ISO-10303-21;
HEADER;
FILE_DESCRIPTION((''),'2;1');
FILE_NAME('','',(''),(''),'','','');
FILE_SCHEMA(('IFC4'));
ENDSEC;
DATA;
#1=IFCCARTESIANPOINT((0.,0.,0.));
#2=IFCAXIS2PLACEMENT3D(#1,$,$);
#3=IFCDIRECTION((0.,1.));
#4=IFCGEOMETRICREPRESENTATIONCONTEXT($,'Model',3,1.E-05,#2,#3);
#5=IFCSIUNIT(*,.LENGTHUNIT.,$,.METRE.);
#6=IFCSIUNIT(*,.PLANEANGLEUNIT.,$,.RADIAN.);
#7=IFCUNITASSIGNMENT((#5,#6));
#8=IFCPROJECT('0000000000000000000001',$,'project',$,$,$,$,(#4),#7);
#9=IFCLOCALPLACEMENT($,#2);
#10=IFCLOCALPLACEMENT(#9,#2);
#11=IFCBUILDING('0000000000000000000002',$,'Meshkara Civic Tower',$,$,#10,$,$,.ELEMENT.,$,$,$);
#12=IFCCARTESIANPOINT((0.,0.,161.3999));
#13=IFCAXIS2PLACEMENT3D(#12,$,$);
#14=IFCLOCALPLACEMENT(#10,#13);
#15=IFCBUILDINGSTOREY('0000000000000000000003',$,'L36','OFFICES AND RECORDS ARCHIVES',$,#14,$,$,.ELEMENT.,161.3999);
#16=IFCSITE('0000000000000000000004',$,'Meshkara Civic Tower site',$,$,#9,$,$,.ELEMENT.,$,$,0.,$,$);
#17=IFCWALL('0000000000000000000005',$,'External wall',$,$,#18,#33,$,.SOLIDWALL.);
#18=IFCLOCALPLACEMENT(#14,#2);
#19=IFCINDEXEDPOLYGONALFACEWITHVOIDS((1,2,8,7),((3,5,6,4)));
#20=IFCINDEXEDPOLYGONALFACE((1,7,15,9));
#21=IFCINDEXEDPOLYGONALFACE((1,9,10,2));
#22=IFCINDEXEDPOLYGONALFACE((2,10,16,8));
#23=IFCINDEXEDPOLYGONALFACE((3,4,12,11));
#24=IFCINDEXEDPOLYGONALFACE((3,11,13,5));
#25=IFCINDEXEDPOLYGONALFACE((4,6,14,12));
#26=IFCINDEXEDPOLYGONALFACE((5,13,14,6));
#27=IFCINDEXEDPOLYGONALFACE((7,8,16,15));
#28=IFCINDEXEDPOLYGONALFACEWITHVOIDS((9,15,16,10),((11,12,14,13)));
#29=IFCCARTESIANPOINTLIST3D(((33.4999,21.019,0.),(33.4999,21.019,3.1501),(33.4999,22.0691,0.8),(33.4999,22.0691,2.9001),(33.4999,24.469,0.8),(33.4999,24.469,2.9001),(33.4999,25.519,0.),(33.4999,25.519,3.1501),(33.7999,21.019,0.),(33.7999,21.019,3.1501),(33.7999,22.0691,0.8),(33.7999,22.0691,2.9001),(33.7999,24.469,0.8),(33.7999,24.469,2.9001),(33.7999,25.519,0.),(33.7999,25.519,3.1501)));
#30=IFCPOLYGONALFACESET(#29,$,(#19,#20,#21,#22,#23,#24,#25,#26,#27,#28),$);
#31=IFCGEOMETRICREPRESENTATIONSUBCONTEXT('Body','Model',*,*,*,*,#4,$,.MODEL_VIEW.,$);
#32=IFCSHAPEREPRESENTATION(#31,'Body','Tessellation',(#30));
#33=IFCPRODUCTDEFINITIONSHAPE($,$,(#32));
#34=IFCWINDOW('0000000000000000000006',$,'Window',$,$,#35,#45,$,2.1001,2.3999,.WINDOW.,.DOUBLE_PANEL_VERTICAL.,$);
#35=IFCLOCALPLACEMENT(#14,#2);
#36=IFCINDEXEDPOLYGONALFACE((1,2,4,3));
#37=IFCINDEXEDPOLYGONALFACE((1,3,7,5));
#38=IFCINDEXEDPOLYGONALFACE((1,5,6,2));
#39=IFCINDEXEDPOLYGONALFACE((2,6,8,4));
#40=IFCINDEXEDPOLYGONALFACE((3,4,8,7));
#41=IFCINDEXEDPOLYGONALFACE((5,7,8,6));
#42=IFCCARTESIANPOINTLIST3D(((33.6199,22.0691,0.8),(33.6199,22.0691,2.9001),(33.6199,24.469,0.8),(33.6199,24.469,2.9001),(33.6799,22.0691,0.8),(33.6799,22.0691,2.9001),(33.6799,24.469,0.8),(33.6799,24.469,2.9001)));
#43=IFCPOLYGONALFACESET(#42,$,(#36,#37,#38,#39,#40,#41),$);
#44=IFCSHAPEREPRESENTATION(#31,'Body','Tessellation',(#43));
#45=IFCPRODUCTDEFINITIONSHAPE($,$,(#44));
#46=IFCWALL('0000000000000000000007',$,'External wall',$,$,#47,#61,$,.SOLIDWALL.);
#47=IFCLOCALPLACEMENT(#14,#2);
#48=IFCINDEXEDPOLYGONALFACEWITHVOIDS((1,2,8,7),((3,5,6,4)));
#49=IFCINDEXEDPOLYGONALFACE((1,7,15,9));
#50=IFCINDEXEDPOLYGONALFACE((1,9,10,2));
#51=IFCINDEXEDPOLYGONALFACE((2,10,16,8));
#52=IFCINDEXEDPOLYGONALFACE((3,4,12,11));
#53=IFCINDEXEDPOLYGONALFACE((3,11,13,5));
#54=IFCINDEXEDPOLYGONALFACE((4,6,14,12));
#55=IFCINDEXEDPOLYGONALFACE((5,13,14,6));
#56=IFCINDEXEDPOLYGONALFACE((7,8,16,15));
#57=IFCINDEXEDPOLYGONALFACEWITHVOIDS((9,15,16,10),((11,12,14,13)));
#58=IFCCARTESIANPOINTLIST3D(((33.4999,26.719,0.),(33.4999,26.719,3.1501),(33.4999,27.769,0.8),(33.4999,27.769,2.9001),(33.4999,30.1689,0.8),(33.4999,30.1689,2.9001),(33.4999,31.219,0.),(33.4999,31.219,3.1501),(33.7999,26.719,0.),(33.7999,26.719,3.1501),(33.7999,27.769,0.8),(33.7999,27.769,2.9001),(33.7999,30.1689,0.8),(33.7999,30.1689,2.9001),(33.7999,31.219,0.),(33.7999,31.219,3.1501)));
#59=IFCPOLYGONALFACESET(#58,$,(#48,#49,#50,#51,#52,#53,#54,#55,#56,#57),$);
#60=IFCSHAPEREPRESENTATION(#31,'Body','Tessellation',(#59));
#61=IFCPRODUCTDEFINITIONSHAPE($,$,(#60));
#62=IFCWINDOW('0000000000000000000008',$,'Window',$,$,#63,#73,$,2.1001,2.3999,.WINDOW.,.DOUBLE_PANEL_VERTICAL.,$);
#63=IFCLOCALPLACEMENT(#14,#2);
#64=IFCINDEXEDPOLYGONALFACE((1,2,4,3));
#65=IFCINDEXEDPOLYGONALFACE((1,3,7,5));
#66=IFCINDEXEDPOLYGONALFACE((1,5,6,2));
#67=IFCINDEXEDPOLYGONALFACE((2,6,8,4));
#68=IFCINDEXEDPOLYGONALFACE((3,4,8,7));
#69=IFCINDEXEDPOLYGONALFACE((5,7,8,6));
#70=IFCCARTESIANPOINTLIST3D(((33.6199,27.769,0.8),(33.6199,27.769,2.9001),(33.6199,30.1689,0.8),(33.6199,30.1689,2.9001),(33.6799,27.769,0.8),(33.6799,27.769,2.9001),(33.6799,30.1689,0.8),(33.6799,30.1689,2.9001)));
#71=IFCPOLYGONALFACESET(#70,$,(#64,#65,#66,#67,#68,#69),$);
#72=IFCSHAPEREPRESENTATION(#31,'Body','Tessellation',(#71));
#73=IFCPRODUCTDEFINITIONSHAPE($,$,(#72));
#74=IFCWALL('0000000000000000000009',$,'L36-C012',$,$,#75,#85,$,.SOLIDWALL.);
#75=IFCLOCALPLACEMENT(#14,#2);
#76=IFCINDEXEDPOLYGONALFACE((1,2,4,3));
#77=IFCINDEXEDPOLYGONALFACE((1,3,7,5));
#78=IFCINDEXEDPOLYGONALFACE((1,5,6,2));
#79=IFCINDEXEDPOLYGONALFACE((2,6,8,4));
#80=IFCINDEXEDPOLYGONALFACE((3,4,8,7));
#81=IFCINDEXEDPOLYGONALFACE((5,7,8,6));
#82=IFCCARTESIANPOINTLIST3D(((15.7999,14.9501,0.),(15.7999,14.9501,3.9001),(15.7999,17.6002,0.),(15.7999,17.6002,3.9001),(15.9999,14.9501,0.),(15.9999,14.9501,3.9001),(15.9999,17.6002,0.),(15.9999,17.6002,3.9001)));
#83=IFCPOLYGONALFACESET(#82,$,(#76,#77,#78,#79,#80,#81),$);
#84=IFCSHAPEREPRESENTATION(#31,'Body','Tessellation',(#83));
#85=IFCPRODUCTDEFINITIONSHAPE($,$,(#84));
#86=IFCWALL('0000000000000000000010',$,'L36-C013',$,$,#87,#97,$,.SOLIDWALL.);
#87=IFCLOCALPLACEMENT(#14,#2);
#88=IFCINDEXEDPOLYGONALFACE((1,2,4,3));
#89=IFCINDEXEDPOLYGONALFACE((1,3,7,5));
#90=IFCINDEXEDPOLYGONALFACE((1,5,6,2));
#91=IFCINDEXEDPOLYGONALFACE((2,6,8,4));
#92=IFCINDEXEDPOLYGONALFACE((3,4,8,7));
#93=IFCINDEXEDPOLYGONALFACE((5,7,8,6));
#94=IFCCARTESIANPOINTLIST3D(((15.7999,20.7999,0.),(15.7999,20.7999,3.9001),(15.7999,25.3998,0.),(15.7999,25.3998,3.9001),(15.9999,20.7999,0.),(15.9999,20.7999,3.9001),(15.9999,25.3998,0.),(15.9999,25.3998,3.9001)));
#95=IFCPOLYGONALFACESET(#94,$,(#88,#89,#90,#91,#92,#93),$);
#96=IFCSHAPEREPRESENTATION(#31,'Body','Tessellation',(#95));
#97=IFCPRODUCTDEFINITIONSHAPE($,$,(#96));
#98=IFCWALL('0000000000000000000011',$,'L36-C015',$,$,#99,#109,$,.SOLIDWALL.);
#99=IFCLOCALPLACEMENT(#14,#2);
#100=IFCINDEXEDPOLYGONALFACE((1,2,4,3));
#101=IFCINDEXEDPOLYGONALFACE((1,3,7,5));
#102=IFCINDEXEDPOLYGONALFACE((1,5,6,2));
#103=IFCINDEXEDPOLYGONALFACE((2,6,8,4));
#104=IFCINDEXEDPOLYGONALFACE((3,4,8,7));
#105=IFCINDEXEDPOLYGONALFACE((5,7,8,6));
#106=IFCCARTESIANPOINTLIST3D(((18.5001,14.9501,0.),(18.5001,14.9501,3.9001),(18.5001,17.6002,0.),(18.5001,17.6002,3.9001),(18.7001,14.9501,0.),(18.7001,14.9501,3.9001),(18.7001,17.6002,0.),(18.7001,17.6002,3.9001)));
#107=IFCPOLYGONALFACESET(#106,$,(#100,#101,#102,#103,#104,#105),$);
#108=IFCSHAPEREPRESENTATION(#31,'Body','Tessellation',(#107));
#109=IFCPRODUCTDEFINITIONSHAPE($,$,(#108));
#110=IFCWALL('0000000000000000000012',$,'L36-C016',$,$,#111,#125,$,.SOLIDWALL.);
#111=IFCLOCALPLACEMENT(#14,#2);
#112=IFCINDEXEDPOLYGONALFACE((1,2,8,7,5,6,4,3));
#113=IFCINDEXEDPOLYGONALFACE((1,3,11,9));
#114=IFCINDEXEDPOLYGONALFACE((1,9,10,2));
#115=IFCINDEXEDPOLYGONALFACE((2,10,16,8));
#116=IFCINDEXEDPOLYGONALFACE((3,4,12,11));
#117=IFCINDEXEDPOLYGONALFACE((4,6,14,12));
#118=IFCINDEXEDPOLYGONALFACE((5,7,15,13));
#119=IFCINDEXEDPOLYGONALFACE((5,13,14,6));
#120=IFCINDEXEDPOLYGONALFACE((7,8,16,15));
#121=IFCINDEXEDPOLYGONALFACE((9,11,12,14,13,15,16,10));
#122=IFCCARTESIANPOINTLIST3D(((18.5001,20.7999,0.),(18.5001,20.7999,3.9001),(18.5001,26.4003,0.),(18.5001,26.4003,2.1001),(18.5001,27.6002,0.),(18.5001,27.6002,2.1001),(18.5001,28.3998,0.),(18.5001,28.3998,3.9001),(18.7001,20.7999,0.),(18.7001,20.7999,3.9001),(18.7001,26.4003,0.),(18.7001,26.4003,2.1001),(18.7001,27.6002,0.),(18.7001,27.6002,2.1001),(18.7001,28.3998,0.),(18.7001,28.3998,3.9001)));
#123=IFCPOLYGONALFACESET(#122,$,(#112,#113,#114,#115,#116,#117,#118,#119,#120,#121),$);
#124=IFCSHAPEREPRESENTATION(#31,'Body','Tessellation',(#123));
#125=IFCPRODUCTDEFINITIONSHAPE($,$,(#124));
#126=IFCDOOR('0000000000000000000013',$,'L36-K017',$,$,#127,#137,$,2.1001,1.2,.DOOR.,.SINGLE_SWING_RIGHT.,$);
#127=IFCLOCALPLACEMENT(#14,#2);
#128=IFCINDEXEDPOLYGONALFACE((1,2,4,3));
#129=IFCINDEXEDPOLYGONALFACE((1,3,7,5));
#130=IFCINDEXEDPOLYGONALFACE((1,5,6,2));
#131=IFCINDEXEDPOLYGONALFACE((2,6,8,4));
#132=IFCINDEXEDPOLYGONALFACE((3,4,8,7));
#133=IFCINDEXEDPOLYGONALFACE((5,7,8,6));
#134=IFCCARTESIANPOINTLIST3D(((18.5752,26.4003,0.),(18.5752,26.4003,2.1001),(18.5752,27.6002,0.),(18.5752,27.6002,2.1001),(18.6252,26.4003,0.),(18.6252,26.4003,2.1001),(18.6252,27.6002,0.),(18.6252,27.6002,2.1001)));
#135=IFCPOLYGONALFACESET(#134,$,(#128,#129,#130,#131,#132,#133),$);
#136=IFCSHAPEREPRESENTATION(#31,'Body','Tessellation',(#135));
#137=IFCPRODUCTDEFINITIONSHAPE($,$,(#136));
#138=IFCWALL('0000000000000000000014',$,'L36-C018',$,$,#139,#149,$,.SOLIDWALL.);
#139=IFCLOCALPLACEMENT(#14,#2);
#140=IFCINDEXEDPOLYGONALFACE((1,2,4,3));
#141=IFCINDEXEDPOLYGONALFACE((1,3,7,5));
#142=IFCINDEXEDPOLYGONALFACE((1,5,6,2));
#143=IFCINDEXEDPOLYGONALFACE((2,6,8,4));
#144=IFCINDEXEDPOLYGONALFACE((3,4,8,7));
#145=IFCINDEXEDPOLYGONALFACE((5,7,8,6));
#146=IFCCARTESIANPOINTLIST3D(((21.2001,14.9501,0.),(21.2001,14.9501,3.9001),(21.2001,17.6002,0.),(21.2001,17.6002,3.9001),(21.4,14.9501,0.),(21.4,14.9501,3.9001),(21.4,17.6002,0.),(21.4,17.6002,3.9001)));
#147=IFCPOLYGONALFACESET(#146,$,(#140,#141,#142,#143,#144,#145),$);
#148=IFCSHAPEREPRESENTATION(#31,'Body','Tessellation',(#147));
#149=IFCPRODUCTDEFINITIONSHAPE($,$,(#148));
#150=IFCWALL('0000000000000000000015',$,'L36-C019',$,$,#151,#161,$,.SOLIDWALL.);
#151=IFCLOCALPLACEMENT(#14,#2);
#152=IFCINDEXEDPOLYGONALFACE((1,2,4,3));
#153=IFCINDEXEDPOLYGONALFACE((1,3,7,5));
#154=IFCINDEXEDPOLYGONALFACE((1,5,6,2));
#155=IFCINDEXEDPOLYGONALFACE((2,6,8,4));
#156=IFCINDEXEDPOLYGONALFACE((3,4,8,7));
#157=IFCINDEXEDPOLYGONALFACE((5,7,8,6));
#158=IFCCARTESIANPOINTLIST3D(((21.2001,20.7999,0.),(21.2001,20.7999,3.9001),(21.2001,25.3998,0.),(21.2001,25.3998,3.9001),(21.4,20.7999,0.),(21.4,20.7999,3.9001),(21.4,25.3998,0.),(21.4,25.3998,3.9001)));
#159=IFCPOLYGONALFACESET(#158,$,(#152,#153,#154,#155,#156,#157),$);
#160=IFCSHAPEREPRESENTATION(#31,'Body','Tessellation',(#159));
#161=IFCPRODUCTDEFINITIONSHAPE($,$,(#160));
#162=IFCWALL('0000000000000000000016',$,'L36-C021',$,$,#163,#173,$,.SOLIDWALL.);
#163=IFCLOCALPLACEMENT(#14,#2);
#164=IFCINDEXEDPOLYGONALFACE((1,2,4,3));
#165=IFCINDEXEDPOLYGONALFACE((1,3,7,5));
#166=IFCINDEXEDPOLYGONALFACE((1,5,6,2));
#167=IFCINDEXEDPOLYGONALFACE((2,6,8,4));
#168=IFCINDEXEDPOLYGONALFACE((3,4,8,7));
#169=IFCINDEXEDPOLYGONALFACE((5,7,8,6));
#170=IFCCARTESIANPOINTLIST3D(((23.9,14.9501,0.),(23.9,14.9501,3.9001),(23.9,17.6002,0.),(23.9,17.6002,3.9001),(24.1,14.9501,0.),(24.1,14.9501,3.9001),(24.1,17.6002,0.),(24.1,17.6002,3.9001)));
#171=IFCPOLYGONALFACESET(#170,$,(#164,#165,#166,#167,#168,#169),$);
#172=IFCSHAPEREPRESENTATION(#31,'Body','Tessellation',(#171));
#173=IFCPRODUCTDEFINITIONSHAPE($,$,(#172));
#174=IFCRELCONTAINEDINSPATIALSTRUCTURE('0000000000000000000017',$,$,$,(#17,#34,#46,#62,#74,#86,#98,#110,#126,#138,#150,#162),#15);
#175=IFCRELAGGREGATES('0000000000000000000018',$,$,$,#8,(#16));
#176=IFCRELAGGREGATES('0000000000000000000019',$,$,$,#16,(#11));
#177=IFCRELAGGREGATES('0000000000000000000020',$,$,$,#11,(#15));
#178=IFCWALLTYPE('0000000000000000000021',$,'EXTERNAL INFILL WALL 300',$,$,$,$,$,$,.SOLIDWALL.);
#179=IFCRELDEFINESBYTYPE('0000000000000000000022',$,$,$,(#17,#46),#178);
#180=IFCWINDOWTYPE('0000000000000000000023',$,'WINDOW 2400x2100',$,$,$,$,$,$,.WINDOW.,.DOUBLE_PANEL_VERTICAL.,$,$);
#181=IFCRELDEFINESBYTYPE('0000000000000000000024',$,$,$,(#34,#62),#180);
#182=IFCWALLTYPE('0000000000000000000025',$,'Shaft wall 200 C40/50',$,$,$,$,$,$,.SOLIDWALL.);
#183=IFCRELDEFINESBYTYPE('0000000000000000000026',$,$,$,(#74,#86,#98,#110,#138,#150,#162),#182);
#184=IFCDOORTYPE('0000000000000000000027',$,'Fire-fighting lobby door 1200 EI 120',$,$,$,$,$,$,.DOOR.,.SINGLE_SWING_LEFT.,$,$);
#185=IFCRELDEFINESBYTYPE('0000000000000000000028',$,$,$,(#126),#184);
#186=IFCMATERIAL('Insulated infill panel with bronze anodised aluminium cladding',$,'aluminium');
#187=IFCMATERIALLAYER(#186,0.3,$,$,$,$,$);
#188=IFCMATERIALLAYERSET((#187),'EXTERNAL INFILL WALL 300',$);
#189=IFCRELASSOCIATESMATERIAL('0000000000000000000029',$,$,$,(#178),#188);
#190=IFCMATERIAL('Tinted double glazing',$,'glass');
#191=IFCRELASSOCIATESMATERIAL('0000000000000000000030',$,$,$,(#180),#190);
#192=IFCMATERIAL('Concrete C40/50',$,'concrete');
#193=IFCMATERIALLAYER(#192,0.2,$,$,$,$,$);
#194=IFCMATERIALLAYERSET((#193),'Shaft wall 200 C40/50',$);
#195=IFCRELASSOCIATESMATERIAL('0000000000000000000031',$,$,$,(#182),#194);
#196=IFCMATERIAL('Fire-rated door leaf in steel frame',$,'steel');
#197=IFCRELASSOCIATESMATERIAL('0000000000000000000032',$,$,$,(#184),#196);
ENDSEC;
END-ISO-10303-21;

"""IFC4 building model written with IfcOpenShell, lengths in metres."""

from ifc_helpers import new_model, si_unit, direction, frame, frame_2d, origin, place, context, subcontext, project, spatial, rectangle, extrude, material, layer, layer_set, type_object, element, fill, save


model = new_model("IFC4")

# Units and contexts
model_context = context("Model", 3, precision=1e-05, world=origin(), true_north=direction((0.0, 1.0)))
body_context = subcontext(model_context, "Body", "Model", "MODEL_VIEW")
ifc_project = project(units=[si_unit("LENGTHUNIT", "METRE"), si_unit("PLANEANGLEUNIT", "RADIAN")], contexts=[model_context])

# Site, building, storey
site_placement = place(None, origin())
site = spatial("IfcSite", under=ifc_project, at=site_placement, Name="Meshkara Civic Tower site", CompositionType="ELEMENT", RefElevation=0.0)
building_placement = place(site_placement, origin())
building = spatial("IfcBuilding", under=site, at=building_placement, Name="Meshkara Civic Tower", CompositionType="ELEMENT")
storey_placement = place(building_placement, frame((0.0, 0.0, 161.3999)))
storey = spatial("IfcBuildingStorey", under=building, at=storey_placement, Name="L36", Description="OFFICES AND RECORDS ARCHIVES", CompositionType="ELEMENT", Elevation=161.3999)

# Walls, openings, windows
ifc_material_1 = material(Name="Insulated infill panel with bronze anodised aluminium cladding", Category="aluminium")
ifc_layer_1 = layer(ifc_material_1, 0.3)
ifc_layer_set_1 = layer_set([ifc_layer_1], Name="EXTERNAL INFILL WALL 300")
wall_type_1 = type_object("IfcWallType", Name="EXTERNAL INFILL WALL 300", PredefinedType="SOLIDWALL", material=ifc_layer_set_1)
ifc_material_2 = material(Name="Tinted double glazing", Category="glass")
window_type = type_object("IfcWindowType", Name="WINDOW 2400x2100", PartitioningType="DOUBLE_PANEL_VERTICAL", PredefinedType="WINDOW", material=ifc_material_2)
wall_1_placement = place(storey_placement, frame((33.6499, 21.019, 0.0), z_axis=(0.0, 0.0, 1.0), x_axis=(0.0, 1.0, 0.0)))
wall_1 = element("IfcWall", 1, at=wall_1_placement, inside=storey, type_object=wall_type_1, Name="External wall", PredefinedType="SOLIDWALL", context=body_context, shape_type="SweptSolid", body=[
    extrude(rectangle(XDim=4.5, YDim=0.3, at=frame_2d((2.25, 0.0))), origin(), (0.0, 0.0, 1.0), 3.1501),
])
opening_1_placement = place(wall_1_placement, frame((1.05, 0.0, 0.8)))
opening_1 = element("IfcOpeningElement", 2, at=opening_1_placement, cuts=wall_1, PredefinedType="OPENING", context=body_context, shape_type="SweptSolid", body=[
    extrude(rectangle(XDim=2.3999, YDim=2.1001, at=frame_2d((1.2, 1.05))), frame((0.0, 0.1599, 0.0), z_axis=(0.0, -1.0, 0.0), x_axis=(1.0, 0.0, 0.0)), (0.0, 0.0, 1.0), 0.3201),
])
window_1_placement = place(opening_1_placement, origin())
window_1 = element("IfcWindow", 3, at=window_1_placement, inside=storey, type_object=window_type, Name="Window", OverallHeight=2.1001, OverallWidth=2.3999, PartitioningType="DOUBLE_PANEL_VERTICAL", PredefinedType="WINDOW", context=body_context, shape_type="SweptSolid", body=[
    extrude(rectangle(XDim=2.3999, YDim=2.1001, at=frame_2d((1.2, 1.05))), frame((0.0, 0.03, 0.0), z_axis=(0.0, -1.0, 0.0), x_axis=(1.0, 0.0, 0.0)), (0.0, 0.0, 1.0), 0.0601),
])
fill(opening_1, window_1)
wall_2_placement = place(storey_placement, frame((33.6499, 26.719, 0.0), z_axis=(0.0, 0.0, 1.0), x_axis=(0.0, 1.0, 0.0)))
wall_2 = element("IfcWall", 4, at=wall_2_placement, inside=storey, type_object=wall_type_1, Name="External wall", PredefinedType="SOLIDWALL", context=body_context, shape_type="SweptSolid", body=[
    extrude(rectangle(XDim=4.5, YDim=0.3, at=frame_2d((2.25, 0.0))), origin(), (0.0, 0.0, 1.0), 3.1501),
])
opening_2_placement = place(wall_2_placement, frame((1.05, 0.0, 0.8)))
opening_2 = element("IfcOpeningElement", 5, at=opening_2_placement, cuts=wall_2, PredefinedType="OPENING", context=body_context, shape_type="SweptSolid", body=[
    extrude(rectangle(XDim=2.3999, YDim=2.1001, at=frame_2d((1.2, 1.05))), frame((0.0, 0.1599, 0.0), z_axis=(0.0, -1.0, 0.0), x_axis=(1.0, 0.0, 0.0)), (0.0, 0.0, 1.0), 0.3201),
])
window_2_placement = place(opening_2_placement, origin())
window_2 = element("IfcWindow", 6, at=window_2_placement, inside=storey, type_object=window_type, Name="Window", OverallHeight=2.1001, OverallWidth=2.3999, PartitioningType="DOUBLE_PANEL_VERTICAL", PredefinedType="WINDOW", context=body_context, shape_type="SweptSolid", body=[
    extrude(rectangle(XDim=2.3999, YDim=2.1001, at=frame_2d((1.2, 1.05))), frame((0.0, 0.03, 0.0), z_axis=(0.0, -1.0, 0.0), x_axis=(1.0, 0.0, 0.0)), (0.0, 0.0, 1.0), 0.0601),
])
fill(opening_2, window_2)

# Walls
ifc_material_3 = material(Name="Concrete C40/50", Category="concrete")
ifc_layer_2 = layer(ifc_material_3, 0.2)
ifc_layer_set_2 = layer_set([ifc_layer_2], Name="Shaft wall 200 C40/50")
wall_type_2 = type_object("IfcWallType", Name="Shaft wall 200 C40/50", PredefinedType="SOLIDWALL", material=ifc_layer_set_2)
wall_3_placement = place(storey_placement, frame((15.8999, 14.95, 0.0), z_axis=(0.0, 0.0, 1.0), x_axis=(0.0, 1.0, 0.0)))
element("IfcWall", 7, at=wall_3_placement, inside=storey, type_object=wall_type_2, Name="L36-C012", PredefinedType="SOLIDWALL", context=body_context, shape_type="SweptSolid", body=[
    extrude(rectangle(XDim=2.6501, YDim=0.2, at=frame_2d((1.3252, 0.0))), origin(), (0.0, 0.0, 1.0), 3.9001),
])
wall_4_placement = place(storey_placement, frame((15.8999, 20.8, 0.0), z_axis=(0.0, 0.0, 1.0), x_axis=(0.0, 1.0, 0.0)))
element("IfcWall", 8, at=wall_4_placement, inside=storey, type_object=wall_type_2, Name="L36-C013", PredefinedType="SOLIDWALL", context=body_context, shape_type="SweptSolid", body=[
    extrude(rectangle(XDim=4.5999, YDim=0.2, at=frame_2d((2.2998, 0.0))), origin(), (0.0, 0.0, 1.0), 3.9001),
])
wall_5_placement = place(storey_placement, frame((18.6001, 14.95, 0.0), z_axis=(0.0, 0.0, 1.0), x_axis=(0.0, 1.0, 0.0)))
element("IfcWall", 9, at=wall_5_placement, inside=storey, type_object=wall_type_2, Name="L36-C015", PredefinedType="SOLIDWALL", context=body_context, shape_type="SweptSolid", body=[
    extrude(rectangle(XDim=2.6501, YDim=0.2, at=frame_2d((1.3252, 0.0))), origin(), (0.0, 0.0, 1.0), 3.9001),
])

# Wall, opening, door
wall_6_placement = place(storey_placement, frame((18.6001, 20.8, 0.0), z_axis=(0.0, 0.0, 1.0), x_axis=(0.0, 1.0, 0.0)))
wall_6 = element("IfcWall", 10, at=wall_6_placement, inside=storey, type_object=wall_type_2, Name="L36-C016", PredefinedType="SOLIDWALL", context=body_context, shape_type="SweptSolid", body=[
    extrude(rectangle(XDim=7.5999, YDim=0.2, at=frame_2d((3.7998, 0.0))), origin(), (0.0, 0.0, 1.0), 3.9001),
])
opening_3_placement = place(wall_6_placement, frame((5.6001, 0.0, 0.0)))
opening_3 = element("IfcOpeningElement", 11, at=opening_3_placement, cuts=wall_6, PredefinedType="OPENING", context=body_context, shape_type="SweptSolid", body=[
    extrude(rectangle(XDim=1.2, YDim=2.1001, at=frame_2d((0.6001, 1.05))), frame((0.0, 0.1099, 0.0), z_axis=(0.0, -1.0, 0.0), x_axis=(1.0, 0.0, 0.0)), (0.0, 0.0, 1.0), 0.22),
])
ifc_material_4 = material(Name="Fire-rated door leaf in steel frame", Category="steel")
door_type = type_object("IfcDoorType", Name="Fire-fighting lobby door 1200 EI 120", OperationType="SINGLE_SWING_LEFT", PredefinedType="DOOR", material=ifc_material_4)
door_placement = place(opening_3_placement, origin())
door = element("IfcDoor", 12, at=door_placement, inside=storey, type_object=door_type, Name="L36-K017", OperationType="SINGLE_SWING_RIGHT", OverallHeight=2.1001, OverallWidth=1.2, PredefinedType="DOOR", context=body_context, shape_type="SweptSolid", body=[
    extrude(rectangle(XDim=1.2, YDim=2.1001, at=frame_2d((0.6001, 1.05))), frame((0.0, 0.0249, 0.0), z_axis=(0.0, -1.0, 0.0), x_axis=(1.0, 0.0, 0.0)), (0.0, 0.0, 1.0), 0.05),
])
fill(opening_3, door)

# Walls
wall_7_placement = place(storey_placement, frame((21.3, 14.95, 0.0), z_axis=(0.0, 0.0, 1.0), x_axis=(0.0, 1.0, 0.0)))
element("IfcWall", 13, at=wall_7_placement, inside=storey, type_object=wall_type_2, Name="L36-C018", PredefinedType="SOLIDWALL", context=body_context, shape_type="SweptSolid", body=[
    extrude(rectangle(XDim=2.6501, YDim=0.2, at=frame_2d((1.3252, 0.0))), origin(), (0.0, 0.0, 1.0), 3.9001),
])
wall_8_placement = place(storey_placement, frame((21.3, 20.8, 0.0), z_axis=(0.0, 0.0, 1.0), x_axis=(0.0, 1.0, 0.0)))
element("IfcWall", 14, at=wall_8_placement, inside=storey, type_object=wall_type_2, Name="L36-C019", PredefinedType="SOLIDWALL", context=body_context, shape_type="SweptSolid", body=[
    extrude(rectangle(XDim=4.5999, YDim=0.2, at=frame_2d((2.2998, 0.0))), origin(), (0.0, 0.0, 1.0), 3.9001),
])
wall_9_placement = place(storey_placement, frame((24.0, 14.95, 0.0), z_axis=(0.0, 0.0, 1.0), x_axis=(0.0, 1.0, 0.0)))
element("IfcWall", 15, at=wall_9_placement, inside=storey, type_object=wall_type_2, Name="L36-C021", PredefinedType="SOLIDWALL", context=body_context, shape_type="SweptSolid", body=[
    extrude(rectangle(XDim=2.6501, YDim=0.2, at=frame_2d((1.3252, 0.0))), origin(), (0.0, 0.0, 1.0), 3.9001),
])

save(model, "model.ifc")
